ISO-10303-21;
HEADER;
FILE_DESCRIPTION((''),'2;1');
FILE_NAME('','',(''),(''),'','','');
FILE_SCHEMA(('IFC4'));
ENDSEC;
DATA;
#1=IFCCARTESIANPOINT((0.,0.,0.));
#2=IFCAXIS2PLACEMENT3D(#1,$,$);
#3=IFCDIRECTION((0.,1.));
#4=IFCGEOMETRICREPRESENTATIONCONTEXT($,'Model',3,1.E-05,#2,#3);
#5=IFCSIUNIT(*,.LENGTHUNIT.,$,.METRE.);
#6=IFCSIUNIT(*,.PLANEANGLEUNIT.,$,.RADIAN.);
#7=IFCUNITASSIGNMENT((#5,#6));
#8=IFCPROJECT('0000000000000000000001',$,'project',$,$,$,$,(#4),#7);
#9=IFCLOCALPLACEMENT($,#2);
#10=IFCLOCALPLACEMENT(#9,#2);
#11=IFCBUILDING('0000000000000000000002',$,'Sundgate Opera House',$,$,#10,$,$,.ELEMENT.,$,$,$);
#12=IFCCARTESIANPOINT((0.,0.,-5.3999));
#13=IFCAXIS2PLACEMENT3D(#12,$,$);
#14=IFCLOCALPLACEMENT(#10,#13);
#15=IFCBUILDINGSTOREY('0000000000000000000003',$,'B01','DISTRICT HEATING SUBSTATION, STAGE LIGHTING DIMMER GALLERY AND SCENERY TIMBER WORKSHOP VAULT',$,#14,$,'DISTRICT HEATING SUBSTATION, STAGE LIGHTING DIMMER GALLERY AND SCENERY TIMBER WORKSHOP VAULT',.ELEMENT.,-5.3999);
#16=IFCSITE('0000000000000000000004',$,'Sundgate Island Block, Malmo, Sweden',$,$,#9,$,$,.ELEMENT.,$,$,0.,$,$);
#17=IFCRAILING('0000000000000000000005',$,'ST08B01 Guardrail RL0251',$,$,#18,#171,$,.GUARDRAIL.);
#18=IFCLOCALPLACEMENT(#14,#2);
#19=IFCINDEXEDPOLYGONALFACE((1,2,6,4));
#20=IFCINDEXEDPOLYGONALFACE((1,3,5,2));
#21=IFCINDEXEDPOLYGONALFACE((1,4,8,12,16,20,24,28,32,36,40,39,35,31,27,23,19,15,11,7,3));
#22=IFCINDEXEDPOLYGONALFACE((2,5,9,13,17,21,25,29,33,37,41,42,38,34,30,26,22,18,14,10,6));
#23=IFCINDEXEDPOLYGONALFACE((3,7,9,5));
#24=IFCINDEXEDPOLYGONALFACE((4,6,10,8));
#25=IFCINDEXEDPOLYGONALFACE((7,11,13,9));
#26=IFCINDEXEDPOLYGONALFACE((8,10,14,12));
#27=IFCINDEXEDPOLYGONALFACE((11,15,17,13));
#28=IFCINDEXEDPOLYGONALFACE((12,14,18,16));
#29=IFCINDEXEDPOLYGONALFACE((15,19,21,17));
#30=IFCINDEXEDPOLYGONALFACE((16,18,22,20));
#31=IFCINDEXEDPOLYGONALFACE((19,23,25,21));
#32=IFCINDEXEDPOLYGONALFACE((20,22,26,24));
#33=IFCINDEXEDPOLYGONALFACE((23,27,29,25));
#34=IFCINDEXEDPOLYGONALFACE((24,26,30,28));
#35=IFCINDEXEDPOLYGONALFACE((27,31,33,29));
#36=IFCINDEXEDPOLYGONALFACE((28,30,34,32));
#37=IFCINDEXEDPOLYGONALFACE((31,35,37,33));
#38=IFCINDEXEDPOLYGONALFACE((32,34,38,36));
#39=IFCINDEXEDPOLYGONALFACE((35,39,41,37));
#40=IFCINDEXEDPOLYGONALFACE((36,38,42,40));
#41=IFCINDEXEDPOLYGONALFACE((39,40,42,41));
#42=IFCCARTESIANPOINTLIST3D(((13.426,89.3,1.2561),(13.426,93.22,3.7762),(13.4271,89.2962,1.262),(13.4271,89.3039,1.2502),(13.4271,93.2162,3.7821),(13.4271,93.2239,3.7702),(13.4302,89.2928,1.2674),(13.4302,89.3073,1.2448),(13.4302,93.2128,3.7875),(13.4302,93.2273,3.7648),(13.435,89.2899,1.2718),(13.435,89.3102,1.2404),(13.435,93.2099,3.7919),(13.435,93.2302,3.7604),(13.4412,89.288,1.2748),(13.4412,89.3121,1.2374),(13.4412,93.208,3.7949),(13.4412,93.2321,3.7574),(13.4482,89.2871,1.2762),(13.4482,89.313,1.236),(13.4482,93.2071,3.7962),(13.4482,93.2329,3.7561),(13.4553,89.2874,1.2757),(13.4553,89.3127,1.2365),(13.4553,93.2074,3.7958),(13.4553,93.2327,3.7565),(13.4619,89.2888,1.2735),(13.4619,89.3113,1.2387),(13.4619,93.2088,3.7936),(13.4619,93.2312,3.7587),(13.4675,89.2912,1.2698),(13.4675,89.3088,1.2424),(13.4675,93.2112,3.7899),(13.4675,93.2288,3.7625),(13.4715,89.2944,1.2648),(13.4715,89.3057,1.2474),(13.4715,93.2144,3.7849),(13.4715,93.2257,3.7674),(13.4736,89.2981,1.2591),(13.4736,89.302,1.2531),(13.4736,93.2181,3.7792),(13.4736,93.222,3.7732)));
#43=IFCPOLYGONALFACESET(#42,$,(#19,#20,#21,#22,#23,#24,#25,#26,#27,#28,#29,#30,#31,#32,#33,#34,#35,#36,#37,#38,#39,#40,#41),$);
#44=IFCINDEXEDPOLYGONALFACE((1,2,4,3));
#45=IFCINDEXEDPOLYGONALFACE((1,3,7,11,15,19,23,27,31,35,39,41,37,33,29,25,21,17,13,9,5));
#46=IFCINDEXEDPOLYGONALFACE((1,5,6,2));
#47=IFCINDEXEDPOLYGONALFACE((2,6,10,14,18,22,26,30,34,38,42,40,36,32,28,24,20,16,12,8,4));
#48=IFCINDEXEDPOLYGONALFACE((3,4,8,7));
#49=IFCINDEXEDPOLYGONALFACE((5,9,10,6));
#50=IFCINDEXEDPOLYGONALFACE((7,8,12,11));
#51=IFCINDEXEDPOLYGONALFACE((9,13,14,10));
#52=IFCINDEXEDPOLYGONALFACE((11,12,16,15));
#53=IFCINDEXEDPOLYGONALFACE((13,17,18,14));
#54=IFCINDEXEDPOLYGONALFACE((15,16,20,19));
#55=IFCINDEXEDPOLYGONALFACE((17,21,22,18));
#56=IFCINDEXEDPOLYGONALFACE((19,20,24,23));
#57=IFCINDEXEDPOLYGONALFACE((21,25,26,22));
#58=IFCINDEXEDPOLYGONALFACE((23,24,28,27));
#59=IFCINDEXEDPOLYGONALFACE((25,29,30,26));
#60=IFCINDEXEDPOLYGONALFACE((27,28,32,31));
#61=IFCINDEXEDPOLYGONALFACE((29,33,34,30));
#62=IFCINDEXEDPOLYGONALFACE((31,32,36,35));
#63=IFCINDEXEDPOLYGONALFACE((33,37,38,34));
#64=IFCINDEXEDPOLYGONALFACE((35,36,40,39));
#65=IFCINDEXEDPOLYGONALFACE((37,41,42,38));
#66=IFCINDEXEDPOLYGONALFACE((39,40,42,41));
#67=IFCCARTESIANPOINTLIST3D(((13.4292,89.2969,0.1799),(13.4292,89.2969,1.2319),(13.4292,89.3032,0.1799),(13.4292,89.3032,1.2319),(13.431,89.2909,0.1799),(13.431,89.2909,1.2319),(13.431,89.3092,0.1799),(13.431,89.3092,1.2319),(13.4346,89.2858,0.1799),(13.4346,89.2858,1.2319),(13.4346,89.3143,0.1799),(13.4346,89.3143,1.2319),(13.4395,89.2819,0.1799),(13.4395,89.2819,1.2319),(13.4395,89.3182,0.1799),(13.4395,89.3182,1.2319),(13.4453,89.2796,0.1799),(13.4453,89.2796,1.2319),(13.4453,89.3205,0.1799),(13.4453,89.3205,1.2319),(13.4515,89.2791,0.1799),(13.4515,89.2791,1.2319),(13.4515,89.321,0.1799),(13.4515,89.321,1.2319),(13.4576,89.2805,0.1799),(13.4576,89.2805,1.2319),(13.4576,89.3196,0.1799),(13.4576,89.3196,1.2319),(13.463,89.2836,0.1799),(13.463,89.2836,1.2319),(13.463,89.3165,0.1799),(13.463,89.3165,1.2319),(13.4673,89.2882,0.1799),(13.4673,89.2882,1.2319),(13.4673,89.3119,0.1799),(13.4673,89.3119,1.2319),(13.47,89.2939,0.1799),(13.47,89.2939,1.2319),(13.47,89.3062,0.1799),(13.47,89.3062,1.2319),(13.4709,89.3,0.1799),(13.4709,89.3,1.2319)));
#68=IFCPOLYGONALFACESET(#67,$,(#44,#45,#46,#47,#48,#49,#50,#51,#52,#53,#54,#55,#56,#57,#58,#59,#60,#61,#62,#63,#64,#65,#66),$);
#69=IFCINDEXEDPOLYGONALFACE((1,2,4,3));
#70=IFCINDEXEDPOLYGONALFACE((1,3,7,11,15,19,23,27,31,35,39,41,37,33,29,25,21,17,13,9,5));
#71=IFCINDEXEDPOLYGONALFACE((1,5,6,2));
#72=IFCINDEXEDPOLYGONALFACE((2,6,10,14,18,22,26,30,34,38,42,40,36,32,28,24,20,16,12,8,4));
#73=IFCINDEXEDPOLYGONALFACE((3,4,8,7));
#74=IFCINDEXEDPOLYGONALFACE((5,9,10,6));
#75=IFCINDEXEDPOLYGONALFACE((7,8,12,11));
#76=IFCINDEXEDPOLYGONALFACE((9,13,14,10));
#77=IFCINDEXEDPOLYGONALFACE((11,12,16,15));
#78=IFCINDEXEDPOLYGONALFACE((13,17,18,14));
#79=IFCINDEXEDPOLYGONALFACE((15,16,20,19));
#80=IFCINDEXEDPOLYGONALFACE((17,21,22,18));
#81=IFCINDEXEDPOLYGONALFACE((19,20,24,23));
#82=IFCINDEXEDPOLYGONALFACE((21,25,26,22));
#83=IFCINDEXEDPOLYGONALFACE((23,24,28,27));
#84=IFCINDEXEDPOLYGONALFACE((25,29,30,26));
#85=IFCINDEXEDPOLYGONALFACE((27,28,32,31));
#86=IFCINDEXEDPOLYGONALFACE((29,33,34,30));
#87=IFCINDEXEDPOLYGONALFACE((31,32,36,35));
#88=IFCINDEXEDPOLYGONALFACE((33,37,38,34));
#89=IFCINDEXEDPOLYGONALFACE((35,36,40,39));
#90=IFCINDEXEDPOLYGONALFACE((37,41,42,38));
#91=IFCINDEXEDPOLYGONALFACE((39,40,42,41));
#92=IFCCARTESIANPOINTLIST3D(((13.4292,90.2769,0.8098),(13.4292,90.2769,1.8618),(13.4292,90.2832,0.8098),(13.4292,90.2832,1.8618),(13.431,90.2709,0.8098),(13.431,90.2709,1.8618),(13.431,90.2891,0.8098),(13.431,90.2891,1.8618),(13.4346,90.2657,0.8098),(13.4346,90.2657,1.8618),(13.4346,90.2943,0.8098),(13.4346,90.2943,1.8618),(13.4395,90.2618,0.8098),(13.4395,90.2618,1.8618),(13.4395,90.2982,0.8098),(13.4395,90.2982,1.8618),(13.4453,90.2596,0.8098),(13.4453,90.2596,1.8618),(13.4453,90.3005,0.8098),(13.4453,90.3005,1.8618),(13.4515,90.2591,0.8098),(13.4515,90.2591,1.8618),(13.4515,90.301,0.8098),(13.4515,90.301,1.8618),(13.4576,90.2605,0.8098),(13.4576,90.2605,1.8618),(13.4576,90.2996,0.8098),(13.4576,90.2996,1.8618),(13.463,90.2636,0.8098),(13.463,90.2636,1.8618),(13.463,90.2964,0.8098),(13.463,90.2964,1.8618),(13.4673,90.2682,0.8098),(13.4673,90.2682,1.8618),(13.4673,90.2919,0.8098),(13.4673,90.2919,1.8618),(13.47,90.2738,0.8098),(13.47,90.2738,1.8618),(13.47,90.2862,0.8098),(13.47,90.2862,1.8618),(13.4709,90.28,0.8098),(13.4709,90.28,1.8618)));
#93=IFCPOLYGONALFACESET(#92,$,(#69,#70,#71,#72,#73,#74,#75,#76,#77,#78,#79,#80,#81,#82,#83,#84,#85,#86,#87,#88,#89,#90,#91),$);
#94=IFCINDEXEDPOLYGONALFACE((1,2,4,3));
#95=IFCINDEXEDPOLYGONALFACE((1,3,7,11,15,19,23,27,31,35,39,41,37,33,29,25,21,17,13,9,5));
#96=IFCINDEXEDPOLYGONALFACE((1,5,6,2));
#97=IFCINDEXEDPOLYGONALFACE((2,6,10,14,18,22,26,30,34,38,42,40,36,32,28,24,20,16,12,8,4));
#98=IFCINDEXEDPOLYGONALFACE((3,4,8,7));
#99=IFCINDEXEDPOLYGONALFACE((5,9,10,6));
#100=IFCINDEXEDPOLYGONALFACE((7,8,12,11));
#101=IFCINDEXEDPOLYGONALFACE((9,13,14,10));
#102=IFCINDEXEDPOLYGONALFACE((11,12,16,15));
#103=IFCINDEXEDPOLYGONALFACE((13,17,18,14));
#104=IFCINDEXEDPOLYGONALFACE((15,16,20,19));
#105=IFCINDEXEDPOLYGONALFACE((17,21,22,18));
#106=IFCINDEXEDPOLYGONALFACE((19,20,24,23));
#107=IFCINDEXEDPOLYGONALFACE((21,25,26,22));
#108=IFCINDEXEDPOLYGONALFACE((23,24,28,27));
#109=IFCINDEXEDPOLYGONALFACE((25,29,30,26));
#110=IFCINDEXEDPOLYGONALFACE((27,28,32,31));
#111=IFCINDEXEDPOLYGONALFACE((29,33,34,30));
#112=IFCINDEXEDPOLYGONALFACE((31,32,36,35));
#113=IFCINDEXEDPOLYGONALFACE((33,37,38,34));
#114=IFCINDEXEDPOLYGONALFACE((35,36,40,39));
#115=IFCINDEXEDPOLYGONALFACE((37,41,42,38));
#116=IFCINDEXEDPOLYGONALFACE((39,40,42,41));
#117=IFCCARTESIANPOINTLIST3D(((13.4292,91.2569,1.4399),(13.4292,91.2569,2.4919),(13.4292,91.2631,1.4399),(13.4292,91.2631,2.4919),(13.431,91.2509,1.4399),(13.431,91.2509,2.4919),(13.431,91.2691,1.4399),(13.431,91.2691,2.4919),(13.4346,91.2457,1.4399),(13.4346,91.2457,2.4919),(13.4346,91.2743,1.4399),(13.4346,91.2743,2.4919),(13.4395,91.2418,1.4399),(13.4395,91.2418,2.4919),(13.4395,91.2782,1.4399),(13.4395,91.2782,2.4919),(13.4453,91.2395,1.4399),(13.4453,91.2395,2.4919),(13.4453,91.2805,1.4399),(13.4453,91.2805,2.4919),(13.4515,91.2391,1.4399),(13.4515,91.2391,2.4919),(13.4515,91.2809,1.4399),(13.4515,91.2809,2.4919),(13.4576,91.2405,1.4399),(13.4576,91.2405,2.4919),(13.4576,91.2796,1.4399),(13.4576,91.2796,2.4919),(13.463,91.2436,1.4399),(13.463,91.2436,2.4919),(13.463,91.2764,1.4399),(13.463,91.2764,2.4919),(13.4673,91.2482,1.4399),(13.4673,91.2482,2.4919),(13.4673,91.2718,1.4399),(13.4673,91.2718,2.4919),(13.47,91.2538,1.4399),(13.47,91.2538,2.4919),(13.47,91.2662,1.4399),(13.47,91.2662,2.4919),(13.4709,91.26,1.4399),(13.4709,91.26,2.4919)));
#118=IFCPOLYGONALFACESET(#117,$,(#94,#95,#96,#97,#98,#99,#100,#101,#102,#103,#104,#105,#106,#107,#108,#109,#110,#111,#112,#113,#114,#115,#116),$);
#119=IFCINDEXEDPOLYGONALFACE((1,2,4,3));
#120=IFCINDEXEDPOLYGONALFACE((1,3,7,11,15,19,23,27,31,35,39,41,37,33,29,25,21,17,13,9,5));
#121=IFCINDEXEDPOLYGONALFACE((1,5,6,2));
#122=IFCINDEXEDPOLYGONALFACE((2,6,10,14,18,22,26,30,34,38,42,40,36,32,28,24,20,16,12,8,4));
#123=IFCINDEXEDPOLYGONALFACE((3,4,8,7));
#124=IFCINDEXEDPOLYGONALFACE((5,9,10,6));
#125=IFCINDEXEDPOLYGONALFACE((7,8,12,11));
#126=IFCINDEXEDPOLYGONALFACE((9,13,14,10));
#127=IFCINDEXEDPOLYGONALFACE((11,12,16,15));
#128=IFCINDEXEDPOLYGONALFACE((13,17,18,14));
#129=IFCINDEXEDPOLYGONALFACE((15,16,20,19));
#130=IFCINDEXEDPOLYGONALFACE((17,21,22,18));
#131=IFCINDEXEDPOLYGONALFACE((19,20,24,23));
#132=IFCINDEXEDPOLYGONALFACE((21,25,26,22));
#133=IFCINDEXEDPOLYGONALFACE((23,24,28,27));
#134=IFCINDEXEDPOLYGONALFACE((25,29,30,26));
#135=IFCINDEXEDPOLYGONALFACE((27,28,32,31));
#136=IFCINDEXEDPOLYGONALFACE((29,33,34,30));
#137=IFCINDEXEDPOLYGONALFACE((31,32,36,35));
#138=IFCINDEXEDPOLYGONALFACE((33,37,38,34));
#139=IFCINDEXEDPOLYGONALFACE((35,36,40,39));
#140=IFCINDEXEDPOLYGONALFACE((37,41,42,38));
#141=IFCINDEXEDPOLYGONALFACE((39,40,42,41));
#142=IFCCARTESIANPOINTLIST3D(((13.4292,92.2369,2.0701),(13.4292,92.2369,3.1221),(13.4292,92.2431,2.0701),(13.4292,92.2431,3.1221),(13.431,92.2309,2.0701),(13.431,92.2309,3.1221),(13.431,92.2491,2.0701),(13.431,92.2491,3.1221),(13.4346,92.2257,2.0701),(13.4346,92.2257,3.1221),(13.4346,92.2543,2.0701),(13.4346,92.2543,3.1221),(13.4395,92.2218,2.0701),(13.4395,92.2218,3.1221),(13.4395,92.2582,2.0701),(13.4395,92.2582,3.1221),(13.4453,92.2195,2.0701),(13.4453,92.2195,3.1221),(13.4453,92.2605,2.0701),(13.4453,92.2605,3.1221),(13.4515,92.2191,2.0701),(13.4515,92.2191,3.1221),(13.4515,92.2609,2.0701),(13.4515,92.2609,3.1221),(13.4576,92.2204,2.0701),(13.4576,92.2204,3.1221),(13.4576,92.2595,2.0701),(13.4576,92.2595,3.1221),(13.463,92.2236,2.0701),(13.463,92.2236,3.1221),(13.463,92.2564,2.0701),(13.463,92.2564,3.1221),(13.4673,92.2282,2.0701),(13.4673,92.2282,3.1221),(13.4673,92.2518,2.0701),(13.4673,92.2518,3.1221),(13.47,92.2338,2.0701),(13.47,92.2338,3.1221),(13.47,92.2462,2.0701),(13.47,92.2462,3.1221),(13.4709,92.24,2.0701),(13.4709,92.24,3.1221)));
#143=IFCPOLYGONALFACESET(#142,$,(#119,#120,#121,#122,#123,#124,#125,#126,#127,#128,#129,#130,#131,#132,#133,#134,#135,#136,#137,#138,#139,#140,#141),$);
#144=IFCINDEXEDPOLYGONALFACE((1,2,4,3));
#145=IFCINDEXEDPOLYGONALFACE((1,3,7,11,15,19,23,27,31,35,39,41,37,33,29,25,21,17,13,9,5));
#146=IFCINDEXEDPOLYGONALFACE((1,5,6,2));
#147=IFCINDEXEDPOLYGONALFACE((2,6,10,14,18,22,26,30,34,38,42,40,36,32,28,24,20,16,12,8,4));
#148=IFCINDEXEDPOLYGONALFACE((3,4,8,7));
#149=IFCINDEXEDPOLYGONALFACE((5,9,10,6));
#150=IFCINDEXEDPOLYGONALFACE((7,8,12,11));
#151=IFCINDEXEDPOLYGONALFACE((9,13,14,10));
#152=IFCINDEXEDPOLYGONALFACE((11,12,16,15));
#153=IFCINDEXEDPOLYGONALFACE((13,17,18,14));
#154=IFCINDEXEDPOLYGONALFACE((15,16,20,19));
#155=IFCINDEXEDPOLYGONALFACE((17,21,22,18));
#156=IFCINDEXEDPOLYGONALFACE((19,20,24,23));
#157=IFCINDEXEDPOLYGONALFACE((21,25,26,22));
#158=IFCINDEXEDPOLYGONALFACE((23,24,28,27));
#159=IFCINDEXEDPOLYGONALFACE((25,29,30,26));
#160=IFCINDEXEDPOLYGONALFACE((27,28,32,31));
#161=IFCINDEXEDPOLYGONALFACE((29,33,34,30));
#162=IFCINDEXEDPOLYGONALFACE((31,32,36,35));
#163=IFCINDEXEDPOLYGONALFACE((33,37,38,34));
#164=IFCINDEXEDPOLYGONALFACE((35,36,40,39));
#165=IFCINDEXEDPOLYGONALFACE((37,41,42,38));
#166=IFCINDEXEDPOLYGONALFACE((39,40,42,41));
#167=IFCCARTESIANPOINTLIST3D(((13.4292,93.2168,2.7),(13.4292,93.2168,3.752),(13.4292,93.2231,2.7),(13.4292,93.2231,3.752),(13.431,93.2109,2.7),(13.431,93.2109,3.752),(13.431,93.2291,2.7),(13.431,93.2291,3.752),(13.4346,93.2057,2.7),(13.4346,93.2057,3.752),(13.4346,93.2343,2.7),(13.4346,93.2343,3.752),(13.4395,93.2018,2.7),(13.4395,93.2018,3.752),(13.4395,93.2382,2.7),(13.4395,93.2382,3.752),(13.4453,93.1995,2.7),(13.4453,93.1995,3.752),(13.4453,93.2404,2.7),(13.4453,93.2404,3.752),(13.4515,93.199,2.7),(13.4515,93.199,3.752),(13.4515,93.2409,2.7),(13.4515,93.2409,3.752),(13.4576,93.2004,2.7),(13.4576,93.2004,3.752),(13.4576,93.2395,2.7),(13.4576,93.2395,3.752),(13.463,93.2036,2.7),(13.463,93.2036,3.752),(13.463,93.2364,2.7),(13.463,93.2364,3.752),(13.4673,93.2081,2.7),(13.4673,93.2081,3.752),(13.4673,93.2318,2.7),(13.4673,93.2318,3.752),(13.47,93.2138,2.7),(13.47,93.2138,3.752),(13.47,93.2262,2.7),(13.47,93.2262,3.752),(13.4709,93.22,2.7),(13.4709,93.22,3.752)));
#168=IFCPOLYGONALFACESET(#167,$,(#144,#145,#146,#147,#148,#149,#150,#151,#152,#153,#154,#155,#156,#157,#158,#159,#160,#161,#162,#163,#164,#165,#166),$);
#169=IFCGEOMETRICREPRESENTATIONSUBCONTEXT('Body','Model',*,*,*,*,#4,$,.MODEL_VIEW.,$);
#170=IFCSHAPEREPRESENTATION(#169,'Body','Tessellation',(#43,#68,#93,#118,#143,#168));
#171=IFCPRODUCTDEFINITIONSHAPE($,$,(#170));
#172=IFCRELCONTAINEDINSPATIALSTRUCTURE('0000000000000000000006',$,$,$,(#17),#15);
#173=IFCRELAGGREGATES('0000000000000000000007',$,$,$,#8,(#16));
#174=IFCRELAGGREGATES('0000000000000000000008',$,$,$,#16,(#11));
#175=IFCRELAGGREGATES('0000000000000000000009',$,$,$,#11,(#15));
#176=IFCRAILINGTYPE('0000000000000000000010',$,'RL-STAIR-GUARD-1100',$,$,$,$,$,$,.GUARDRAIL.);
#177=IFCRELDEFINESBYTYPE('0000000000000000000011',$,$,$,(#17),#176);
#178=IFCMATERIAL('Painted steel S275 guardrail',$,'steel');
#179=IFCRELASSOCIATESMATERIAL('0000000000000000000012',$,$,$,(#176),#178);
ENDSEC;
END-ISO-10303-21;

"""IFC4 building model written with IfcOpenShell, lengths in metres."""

from ifc_helpers import new_model, si_unit, direction, frame, origin, origin_2d, place, context, subcontext, project, spatial, circle, extrude, material, type_object, element, save


model = new_model("IFC4")

# Units and contexts
model_context = context("Model", 3, precision=1e-05, world=origin(), true_north=direction((0.0, 1.0)))
body_context = subcontext(model_context, "Body", "Model", "MODEL_VIEW")
ifc_project = project(units=[si_unit("LENGTHUNIT", "METRE"), si_unit("PLANEANGLEUNIT", "RADIAN")], contexts=[model_context])

# Site, building, storey
site_placement = place(None, origin())
site = spatial("IfcSite", under=ifc_project, at=site_placement, Name="Sundgate Island Block, Malmo, Sweden", CompositionType="ELEMENT", RefElevation=0.0)
building_placement = place(site_placement, origin())
building = spatial("IfcBuilding", under=site, at=building_placement, Name="Sundgate Opera House", CompositionType="ELEMENT")
storey_placement = place(building_placement, frame((0.0, 0.0, -5.3999)))
storey = spatial("IfcBuildingStorey", under=building, at=storey_placement, Name="B01", Description="DISTRICT HEATING SUBSTATION, STAGE LIGHTING DIMMER GALLERY AND SCENERY TIMBER WORKSHOP VAULT", LongName="DISTRICT HEATING SUBSTATION, STAGE LIGHTING DIMMER GALLERY AND SCENERY TIMBER WORKSHOP VAULT", CompositionType="ELEMENT", Elevation=-5.3999)

# Railing
ifc_material_1 = material(Name="Painted steel S275 guardrail", Category="steel")
railing_type_1 = type_object("IfcRailingType", Name="RL-STAIR-GUARD-1100", PredefinedType="GUARDRAIL", material=ifc_material_1)
railing_1_placement = place(storey_placement, frame((13.45, 89.3, 0.1799)))
element("IfcRailing", 1, at=railing_1_placement, inside=storey, type_object=railing_type_1, Name="ST08B01 Guardrail RL0251", PredefinedType="GUARDRAIL", context=body_context, shape_type="SweptSolid", body=[
    extrude(circle(Radius=0.0239, at=origin_2d()), frame((0.0, 0.0, 1.0762), z_axis=(0.0, 0.841172, 0.540768), x_axis=(-1.0, 0.0, 0.0)), (0.0, 0.0, 1.0), 4.6602),
    extrude(circle(Radius=0.021, at=origin_2d()), origin(), (0.0, 0.0, 1.0), 1.052),
    extrude(circle(Radius=0.021, at=origin_2d()), frame((0.0, 0.98, 0.6299)), (0.0, 0.0, 1.0), 1.052),
    extrude(circle(Radius=0.021, at=origin_2d()), frame((0.0, 1.96, 1.26)), (0.0, 0.0, 1.0), 1.052),
    extrude(circle(Radius=0.021, at=origin_2d()), frame((0.0, 2.9399, 1.8901)), (0.0, 0.0, 1.0), 1.052),
    extrude(circle(Radius=0.021, at=origin_2d()), frame((0.0, 3.9199, 2.52)), (0.0, 0.0, 1.0), 1.052),
])

save(model, "model.ifc")
